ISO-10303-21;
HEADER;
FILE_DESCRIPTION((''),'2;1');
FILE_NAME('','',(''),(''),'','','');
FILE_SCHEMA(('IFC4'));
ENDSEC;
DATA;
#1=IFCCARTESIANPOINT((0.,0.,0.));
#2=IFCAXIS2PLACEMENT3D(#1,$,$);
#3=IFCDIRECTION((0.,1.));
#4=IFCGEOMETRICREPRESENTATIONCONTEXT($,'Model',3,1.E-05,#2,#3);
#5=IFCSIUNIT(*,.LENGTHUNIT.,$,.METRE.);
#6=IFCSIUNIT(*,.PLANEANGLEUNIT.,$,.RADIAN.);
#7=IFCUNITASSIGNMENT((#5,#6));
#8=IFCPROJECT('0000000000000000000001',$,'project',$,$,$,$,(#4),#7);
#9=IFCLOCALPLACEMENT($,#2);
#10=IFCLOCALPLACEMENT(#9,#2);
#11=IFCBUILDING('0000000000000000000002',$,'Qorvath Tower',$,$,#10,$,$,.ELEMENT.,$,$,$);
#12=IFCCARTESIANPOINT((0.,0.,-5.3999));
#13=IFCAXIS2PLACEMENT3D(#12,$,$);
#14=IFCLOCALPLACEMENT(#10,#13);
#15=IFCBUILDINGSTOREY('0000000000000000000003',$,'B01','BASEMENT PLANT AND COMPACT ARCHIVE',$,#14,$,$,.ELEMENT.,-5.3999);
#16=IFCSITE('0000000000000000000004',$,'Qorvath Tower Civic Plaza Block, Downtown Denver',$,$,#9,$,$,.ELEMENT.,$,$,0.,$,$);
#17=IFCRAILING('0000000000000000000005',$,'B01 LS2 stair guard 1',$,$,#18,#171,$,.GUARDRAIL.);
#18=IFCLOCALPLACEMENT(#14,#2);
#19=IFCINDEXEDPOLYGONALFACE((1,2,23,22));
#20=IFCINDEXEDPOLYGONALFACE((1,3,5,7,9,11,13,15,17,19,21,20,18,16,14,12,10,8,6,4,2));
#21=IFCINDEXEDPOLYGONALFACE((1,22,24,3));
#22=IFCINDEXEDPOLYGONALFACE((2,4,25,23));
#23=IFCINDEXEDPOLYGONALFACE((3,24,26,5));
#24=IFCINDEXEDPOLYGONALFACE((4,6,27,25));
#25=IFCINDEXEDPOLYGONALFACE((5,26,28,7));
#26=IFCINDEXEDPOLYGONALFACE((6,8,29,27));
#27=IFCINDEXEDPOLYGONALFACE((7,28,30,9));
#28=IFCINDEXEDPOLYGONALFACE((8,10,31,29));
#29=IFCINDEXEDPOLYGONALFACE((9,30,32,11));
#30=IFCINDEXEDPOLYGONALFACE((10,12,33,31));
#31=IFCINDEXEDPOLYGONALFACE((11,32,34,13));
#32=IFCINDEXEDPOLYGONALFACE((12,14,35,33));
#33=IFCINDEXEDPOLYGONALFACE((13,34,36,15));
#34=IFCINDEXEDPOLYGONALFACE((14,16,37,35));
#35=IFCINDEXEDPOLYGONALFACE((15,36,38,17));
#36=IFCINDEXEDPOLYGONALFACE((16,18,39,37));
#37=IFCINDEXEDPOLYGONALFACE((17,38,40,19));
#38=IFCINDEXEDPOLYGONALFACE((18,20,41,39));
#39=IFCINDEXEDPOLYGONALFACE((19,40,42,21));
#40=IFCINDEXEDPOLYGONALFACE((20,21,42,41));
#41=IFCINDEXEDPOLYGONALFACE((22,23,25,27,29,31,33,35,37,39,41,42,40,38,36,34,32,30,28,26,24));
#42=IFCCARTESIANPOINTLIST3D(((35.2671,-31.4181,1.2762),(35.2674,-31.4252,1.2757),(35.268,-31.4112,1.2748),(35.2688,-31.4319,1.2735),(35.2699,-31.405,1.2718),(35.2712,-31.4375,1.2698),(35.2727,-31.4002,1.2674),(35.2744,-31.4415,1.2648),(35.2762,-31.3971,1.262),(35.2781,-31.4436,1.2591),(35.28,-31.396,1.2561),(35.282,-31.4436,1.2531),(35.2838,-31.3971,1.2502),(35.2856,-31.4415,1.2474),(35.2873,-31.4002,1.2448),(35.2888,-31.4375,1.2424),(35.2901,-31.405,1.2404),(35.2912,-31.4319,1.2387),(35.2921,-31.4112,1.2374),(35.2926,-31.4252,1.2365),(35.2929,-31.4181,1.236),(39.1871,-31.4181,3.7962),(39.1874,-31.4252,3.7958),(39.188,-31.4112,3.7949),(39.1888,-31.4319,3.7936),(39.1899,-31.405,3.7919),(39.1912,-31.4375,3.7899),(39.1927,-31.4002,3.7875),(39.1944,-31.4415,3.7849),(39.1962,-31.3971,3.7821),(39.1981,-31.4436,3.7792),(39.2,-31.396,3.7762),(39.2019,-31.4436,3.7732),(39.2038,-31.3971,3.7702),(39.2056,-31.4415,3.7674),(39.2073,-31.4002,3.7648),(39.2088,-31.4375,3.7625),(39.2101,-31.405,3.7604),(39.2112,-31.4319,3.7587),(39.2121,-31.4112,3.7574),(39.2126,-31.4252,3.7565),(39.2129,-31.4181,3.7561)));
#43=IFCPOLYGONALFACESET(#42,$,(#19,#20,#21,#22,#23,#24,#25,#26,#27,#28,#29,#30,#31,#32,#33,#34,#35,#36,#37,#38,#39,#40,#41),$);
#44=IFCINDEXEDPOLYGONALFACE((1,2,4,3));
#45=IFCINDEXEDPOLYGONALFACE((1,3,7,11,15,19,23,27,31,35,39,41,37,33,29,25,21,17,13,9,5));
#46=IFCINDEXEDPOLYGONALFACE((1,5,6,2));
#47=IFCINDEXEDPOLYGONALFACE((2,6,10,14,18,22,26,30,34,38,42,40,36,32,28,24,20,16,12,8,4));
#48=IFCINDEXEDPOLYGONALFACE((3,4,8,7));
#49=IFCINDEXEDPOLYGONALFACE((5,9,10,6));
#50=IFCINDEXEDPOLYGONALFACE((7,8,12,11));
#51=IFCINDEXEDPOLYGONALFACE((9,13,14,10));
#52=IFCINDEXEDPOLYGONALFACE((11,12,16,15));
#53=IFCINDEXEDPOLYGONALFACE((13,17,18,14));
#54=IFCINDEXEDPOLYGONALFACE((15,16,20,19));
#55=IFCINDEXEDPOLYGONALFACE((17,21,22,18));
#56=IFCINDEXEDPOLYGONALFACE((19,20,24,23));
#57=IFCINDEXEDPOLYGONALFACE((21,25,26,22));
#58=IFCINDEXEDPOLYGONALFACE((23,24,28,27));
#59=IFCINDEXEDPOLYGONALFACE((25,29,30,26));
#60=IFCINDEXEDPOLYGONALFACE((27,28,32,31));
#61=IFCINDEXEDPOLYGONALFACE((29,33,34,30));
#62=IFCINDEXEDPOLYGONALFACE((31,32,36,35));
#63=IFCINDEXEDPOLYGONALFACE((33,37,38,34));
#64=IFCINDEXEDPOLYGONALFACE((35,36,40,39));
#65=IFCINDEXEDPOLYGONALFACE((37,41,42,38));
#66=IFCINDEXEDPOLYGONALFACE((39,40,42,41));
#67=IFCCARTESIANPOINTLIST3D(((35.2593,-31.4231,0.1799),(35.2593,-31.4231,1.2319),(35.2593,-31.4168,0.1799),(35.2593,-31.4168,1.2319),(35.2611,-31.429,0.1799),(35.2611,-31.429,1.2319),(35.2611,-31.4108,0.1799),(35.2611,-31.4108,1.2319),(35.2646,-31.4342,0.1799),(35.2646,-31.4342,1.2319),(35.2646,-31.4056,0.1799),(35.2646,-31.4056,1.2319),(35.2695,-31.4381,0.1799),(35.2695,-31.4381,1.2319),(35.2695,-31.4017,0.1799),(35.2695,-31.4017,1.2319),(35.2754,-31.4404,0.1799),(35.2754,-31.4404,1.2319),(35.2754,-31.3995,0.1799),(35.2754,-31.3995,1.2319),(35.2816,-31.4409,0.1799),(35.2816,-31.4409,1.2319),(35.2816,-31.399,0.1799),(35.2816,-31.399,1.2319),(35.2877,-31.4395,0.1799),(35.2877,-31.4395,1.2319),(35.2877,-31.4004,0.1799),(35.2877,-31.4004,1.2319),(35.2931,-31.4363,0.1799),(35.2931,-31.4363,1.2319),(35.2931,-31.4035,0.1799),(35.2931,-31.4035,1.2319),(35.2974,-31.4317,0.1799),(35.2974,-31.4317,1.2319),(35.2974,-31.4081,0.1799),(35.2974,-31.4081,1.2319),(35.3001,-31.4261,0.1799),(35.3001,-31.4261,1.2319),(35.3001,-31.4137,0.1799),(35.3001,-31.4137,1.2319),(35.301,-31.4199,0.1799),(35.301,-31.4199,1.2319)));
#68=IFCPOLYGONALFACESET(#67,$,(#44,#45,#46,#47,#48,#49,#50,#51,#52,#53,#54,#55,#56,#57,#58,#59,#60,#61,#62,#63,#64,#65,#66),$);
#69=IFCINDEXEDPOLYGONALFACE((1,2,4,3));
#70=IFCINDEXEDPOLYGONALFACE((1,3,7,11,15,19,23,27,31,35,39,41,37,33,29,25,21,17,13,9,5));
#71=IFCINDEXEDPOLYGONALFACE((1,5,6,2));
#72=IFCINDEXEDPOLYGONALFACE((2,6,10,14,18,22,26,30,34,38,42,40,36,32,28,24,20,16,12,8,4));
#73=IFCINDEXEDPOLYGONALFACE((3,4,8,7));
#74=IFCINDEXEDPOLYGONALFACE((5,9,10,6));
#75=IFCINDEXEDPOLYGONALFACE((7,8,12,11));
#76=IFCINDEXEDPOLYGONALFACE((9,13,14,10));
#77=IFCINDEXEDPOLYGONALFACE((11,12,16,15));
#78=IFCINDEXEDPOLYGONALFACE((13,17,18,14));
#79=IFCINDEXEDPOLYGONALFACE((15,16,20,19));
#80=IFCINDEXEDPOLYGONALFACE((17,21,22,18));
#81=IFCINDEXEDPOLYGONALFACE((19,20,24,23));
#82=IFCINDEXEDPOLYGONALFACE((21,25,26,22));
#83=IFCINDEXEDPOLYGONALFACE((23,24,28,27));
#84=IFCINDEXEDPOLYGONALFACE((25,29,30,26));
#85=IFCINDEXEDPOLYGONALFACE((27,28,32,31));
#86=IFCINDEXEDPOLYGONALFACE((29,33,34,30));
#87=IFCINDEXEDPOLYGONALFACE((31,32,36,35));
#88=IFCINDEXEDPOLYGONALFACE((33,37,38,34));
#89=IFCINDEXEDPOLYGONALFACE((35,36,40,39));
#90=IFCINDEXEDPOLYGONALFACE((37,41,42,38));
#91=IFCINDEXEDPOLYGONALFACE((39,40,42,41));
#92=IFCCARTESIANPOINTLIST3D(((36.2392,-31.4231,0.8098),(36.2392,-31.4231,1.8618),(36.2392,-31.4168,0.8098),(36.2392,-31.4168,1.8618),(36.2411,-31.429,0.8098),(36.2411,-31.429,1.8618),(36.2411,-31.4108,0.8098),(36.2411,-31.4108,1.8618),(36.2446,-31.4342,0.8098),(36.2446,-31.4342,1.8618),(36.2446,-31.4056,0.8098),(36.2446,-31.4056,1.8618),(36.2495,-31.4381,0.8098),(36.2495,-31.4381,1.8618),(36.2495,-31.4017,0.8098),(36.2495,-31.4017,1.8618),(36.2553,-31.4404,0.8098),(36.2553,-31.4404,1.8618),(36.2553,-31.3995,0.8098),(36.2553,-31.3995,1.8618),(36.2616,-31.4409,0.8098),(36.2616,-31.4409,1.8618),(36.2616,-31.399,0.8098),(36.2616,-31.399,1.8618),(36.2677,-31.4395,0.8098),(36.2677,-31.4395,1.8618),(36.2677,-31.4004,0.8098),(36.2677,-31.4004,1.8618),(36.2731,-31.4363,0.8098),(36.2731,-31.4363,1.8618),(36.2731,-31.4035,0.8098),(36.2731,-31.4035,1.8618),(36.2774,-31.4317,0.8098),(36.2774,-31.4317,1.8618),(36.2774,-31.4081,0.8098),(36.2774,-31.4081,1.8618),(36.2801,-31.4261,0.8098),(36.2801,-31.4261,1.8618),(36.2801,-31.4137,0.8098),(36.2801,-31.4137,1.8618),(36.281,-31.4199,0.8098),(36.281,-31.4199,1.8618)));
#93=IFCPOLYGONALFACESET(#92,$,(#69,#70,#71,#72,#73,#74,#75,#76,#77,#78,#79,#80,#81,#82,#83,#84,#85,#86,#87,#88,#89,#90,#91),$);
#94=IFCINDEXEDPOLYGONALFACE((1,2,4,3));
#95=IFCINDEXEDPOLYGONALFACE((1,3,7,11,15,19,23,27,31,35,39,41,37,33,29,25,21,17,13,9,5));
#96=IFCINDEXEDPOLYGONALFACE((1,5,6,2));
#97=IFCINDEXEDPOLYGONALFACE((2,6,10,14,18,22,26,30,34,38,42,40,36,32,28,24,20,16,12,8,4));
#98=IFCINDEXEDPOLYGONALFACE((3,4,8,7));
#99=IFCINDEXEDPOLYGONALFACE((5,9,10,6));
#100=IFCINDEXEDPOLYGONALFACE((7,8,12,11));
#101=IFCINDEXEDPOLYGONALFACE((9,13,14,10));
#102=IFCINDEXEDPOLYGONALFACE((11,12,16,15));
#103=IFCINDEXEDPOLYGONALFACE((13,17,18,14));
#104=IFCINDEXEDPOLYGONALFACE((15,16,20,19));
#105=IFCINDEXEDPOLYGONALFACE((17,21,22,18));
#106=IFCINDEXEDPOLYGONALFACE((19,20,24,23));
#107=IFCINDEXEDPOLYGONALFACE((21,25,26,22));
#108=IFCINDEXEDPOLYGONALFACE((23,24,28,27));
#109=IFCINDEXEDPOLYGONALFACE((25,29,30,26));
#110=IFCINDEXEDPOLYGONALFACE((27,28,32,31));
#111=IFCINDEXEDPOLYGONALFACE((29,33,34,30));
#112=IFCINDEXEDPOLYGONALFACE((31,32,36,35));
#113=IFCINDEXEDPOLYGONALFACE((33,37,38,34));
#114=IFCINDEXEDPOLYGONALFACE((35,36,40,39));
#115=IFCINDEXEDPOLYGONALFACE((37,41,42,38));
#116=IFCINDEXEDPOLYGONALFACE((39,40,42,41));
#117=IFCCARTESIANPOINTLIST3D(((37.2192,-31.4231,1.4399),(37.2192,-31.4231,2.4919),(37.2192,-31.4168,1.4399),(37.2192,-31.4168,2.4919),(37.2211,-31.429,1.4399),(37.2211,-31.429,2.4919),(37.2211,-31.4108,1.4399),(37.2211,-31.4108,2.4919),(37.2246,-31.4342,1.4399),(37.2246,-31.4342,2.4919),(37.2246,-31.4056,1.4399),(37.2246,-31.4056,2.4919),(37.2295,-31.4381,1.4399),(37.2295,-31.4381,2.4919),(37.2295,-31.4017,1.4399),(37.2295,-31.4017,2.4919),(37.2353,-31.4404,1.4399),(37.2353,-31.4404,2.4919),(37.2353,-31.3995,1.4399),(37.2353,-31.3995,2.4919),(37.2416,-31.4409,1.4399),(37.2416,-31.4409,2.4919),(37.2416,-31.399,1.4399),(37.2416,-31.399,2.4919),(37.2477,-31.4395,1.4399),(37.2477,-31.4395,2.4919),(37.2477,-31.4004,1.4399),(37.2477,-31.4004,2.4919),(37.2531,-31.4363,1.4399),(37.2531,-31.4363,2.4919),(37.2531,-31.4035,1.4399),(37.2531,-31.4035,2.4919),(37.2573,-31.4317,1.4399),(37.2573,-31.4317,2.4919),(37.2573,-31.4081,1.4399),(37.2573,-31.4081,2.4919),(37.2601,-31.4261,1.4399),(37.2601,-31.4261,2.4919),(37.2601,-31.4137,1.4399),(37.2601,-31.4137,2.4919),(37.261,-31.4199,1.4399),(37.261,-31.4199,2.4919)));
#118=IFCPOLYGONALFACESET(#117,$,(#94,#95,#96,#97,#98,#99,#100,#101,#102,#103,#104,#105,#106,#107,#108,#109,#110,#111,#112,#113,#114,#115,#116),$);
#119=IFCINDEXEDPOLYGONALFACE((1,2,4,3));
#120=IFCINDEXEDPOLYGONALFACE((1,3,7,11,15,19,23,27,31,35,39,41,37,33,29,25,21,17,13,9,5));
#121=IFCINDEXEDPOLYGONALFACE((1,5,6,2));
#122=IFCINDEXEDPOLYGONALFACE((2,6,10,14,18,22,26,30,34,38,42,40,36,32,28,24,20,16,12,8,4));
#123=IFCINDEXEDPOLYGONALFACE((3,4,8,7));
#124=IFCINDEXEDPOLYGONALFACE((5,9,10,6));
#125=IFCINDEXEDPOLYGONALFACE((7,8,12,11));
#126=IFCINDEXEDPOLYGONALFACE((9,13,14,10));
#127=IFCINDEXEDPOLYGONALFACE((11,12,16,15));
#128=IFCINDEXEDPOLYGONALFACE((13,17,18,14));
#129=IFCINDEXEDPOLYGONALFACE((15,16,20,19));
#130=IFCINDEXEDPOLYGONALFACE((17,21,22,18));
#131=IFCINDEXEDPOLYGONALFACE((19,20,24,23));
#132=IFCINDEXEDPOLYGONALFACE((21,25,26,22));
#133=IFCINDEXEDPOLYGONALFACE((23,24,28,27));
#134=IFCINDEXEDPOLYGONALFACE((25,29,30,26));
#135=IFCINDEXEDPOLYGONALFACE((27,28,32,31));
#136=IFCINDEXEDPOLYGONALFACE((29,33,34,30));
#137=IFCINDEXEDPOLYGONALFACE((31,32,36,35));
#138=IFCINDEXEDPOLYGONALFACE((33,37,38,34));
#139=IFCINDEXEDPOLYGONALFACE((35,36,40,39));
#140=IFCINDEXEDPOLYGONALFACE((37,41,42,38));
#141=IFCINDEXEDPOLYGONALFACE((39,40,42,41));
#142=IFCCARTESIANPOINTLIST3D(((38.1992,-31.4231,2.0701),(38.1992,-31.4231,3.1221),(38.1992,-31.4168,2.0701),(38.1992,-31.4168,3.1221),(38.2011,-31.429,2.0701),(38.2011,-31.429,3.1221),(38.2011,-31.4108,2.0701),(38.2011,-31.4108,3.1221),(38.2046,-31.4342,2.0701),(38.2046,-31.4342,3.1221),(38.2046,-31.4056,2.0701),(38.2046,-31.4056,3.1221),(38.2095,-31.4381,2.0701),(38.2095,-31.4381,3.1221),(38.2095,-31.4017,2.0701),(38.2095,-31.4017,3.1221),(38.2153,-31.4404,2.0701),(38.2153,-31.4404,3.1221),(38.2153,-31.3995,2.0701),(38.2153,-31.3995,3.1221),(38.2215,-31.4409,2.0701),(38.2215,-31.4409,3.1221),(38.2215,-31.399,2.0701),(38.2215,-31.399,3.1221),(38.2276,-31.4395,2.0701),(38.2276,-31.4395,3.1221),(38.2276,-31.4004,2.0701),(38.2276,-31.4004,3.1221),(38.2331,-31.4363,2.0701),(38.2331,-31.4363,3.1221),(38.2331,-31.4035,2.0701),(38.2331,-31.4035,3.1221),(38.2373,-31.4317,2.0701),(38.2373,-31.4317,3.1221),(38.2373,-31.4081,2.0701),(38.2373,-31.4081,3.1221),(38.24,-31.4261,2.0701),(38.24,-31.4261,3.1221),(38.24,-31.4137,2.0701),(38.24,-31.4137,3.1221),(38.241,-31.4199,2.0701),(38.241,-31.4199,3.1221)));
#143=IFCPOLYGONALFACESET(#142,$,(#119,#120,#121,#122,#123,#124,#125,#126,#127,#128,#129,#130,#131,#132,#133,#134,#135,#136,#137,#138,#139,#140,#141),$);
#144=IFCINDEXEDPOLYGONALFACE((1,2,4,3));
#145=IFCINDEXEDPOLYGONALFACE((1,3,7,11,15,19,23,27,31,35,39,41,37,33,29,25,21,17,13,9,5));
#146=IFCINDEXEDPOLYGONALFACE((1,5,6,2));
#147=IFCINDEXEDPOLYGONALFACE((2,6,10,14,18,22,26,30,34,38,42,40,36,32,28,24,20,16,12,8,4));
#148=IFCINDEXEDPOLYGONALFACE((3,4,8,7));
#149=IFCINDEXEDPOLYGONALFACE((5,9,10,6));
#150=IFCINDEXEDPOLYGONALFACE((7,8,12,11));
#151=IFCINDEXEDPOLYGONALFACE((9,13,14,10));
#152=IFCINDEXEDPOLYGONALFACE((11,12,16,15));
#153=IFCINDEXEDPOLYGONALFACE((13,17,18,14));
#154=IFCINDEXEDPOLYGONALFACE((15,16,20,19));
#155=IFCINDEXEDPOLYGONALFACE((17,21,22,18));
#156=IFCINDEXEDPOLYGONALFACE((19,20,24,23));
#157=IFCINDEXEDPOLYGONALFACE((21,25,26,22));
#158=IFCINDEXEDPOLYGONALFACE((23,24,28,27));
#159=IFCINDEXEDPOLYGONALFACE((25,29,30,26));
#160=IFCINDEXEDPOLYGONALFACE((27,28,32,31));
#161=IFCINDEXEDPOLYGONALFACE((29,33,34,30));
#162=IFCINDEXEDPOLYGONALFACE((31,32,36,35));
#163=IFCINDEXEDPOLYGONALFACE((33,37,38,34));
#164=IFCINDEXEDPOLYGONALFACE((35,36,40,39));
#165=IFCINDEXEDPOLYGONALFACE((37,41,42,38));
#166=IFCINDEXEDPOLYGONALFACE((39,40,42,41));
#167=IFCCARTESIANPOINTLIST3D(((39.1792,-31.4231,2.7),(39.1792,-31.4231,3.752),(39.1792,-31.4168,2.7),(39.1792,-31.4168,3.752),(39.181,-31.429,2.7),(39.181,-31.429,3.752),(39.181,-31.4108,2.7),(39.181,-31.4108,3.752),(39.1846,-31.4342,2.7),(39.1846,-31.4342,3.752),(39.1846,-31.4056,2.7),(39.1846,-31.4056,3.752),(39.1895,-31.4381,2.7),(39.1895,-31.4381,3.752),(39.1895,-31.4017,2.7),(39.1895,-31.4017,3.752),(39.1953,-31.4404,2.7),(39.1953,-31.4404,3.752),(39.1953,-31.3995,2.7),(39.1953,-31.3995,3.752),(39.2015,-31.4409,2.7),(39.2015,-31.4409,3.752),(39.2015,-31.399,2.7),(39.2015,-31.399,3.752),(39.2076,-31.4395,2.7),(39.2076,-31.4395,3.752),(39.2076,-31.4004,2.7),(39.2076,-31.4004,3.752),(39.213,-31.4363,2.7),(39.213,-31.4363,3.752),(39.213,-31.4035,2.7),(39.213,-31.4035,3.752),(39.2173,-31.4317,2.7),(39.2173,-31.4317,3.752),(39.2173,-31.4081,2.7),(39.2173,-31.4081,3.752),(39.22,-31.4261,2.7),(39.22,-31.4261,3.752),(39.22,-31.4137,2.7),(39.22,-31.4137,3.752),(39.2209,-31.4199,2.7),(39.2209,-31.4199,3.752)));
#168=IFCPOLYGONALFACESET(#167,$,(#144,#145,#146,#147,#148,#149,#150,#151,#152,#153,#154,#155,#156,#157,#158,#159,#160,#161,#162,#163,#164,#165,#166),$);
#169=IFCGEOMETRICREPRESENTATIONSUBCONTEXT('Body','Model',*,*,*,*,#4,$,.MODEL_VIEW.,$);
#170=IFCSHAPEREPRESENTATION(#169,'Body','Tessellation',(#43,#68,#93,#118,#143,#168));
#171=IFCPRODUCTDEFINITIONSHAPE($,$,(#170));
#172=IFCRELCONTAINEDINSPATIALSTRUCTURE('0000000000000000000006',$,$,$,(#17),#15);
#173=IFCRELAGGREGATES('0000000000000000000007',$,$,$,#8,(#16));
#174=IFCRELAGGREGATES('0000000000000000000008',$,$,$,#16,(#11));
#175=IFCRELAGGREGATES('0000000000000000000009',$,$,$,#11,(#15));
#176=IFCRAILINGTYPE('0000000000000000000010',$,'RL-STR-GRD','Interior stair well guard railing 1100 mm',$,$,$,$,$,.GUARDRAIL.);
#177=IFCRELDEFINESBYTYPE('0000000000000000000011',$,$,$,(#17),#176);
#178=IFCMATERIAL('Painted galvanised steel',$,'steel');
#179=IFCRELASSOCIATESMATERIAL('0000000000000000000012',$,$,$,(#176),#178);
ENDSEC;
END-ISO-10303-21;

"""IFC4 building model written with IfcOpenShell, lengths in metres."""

from ifc_helpers import new_model, si_unit, direction, frame, origin, origin_2d, place, context, subcontext, project, spatial, circle, extrude, material, type_object, element, save


model = new_model("IFC4")

# Units and contexts
model_context = context("Model", 3, precision=1e-05, world=origin(), true_north=direction((0.0, 1.0)))
body_context = subcontext(model_context, "Body", "Model", "MODEL_VIEW")
ifc_project = project(units=[si_unit("LENGTHUNIT", "METRE"), si_unit("PLANEANGLEUNIT", "RADIAN")], contexts=[model_context])

# Site, building, storey
site_placement = place(None, origin())
site = spatial("IfcSite", under=ifc_project, at=site_placement, Name="Qorvath Tower Civic Plaza Block, Downtown Denver", CompositionType="ELEMENT", RefElevation=0.0)
building_placement = place(site_placement, origin())
building = spatial("IfcBuilding", under=site, at=building_placement, Name="Qorvath Tower", CompositionType="ELEMENT")
storey_placement = place(building_placement, frame((0.0, 0.0, -5.3999)))
storey = spatial("IfcBuildingStorey", under=building, at=storey_placement, Name="B01", Description="BASEMENT PLANT AND COMPACT ARCHIVE", CompositionType="ELEMENT", Elevation=-5.3999)

# Railing
ifc_material_1 = material(Name="Painted galvanised steel", Category="steel")
railing_type_1 = type_object("IfcRailingType", Name="RL-STR-GRD", Description="Interior stair well guard railing 1100 mm", PredefinedType="GUARDRAIL", material=ifc_material_1)
railing_1_placement = place(storey_placement, frame((35.28, -31.4199, 0.1799)))
element("IfcRailing", 1, at=railing_1_placement, inside=storey, type_object=railing_type_1, Name="B01 LS2 stair guard 1", PredefinedType="GUARDRAIL", context=body_context, shape_type="SweptSolid", body=[
    extrude(circle(Radius=0.0239, at=origin_2d()), frame((0.0, 0.0, 1.0762), z_axis=(0.841172, 0.0, 0.540768), x_axis=(0.0, 1.0, 0.0)), (0.0, 0.0, 1.0), 4.6602),
    extrude(circle(Radius=0.021, at=origin_2d()), origin(), (0.0, 0.0, 1.0), 1.052),
    extrude(circle(Radius=0.021, at=origin_2d()), frame((0.98, 0.0, 0.6299)), (0.0, 0.0, 1.0), 1.052),
    extrude(circle(Radius=0.021, at=origin_2d()), frame((1.96, 0.0, 1.26)), (0.0, 0.0, 1.0), 1.052),
    extrude(circle(Radius=0.021, at=origin_2d()), frame((2.9399, 0.0, 1.8901)), (0.0, 0.0, 1.0), 1.052),
    extrude(circle(Radius=0.021, at=origin_2d()), frame((3.9199, 0.0, 2.52)), (0.0, 0.0, 1.0), 1.052),
])

save(model, "model.ifc")
